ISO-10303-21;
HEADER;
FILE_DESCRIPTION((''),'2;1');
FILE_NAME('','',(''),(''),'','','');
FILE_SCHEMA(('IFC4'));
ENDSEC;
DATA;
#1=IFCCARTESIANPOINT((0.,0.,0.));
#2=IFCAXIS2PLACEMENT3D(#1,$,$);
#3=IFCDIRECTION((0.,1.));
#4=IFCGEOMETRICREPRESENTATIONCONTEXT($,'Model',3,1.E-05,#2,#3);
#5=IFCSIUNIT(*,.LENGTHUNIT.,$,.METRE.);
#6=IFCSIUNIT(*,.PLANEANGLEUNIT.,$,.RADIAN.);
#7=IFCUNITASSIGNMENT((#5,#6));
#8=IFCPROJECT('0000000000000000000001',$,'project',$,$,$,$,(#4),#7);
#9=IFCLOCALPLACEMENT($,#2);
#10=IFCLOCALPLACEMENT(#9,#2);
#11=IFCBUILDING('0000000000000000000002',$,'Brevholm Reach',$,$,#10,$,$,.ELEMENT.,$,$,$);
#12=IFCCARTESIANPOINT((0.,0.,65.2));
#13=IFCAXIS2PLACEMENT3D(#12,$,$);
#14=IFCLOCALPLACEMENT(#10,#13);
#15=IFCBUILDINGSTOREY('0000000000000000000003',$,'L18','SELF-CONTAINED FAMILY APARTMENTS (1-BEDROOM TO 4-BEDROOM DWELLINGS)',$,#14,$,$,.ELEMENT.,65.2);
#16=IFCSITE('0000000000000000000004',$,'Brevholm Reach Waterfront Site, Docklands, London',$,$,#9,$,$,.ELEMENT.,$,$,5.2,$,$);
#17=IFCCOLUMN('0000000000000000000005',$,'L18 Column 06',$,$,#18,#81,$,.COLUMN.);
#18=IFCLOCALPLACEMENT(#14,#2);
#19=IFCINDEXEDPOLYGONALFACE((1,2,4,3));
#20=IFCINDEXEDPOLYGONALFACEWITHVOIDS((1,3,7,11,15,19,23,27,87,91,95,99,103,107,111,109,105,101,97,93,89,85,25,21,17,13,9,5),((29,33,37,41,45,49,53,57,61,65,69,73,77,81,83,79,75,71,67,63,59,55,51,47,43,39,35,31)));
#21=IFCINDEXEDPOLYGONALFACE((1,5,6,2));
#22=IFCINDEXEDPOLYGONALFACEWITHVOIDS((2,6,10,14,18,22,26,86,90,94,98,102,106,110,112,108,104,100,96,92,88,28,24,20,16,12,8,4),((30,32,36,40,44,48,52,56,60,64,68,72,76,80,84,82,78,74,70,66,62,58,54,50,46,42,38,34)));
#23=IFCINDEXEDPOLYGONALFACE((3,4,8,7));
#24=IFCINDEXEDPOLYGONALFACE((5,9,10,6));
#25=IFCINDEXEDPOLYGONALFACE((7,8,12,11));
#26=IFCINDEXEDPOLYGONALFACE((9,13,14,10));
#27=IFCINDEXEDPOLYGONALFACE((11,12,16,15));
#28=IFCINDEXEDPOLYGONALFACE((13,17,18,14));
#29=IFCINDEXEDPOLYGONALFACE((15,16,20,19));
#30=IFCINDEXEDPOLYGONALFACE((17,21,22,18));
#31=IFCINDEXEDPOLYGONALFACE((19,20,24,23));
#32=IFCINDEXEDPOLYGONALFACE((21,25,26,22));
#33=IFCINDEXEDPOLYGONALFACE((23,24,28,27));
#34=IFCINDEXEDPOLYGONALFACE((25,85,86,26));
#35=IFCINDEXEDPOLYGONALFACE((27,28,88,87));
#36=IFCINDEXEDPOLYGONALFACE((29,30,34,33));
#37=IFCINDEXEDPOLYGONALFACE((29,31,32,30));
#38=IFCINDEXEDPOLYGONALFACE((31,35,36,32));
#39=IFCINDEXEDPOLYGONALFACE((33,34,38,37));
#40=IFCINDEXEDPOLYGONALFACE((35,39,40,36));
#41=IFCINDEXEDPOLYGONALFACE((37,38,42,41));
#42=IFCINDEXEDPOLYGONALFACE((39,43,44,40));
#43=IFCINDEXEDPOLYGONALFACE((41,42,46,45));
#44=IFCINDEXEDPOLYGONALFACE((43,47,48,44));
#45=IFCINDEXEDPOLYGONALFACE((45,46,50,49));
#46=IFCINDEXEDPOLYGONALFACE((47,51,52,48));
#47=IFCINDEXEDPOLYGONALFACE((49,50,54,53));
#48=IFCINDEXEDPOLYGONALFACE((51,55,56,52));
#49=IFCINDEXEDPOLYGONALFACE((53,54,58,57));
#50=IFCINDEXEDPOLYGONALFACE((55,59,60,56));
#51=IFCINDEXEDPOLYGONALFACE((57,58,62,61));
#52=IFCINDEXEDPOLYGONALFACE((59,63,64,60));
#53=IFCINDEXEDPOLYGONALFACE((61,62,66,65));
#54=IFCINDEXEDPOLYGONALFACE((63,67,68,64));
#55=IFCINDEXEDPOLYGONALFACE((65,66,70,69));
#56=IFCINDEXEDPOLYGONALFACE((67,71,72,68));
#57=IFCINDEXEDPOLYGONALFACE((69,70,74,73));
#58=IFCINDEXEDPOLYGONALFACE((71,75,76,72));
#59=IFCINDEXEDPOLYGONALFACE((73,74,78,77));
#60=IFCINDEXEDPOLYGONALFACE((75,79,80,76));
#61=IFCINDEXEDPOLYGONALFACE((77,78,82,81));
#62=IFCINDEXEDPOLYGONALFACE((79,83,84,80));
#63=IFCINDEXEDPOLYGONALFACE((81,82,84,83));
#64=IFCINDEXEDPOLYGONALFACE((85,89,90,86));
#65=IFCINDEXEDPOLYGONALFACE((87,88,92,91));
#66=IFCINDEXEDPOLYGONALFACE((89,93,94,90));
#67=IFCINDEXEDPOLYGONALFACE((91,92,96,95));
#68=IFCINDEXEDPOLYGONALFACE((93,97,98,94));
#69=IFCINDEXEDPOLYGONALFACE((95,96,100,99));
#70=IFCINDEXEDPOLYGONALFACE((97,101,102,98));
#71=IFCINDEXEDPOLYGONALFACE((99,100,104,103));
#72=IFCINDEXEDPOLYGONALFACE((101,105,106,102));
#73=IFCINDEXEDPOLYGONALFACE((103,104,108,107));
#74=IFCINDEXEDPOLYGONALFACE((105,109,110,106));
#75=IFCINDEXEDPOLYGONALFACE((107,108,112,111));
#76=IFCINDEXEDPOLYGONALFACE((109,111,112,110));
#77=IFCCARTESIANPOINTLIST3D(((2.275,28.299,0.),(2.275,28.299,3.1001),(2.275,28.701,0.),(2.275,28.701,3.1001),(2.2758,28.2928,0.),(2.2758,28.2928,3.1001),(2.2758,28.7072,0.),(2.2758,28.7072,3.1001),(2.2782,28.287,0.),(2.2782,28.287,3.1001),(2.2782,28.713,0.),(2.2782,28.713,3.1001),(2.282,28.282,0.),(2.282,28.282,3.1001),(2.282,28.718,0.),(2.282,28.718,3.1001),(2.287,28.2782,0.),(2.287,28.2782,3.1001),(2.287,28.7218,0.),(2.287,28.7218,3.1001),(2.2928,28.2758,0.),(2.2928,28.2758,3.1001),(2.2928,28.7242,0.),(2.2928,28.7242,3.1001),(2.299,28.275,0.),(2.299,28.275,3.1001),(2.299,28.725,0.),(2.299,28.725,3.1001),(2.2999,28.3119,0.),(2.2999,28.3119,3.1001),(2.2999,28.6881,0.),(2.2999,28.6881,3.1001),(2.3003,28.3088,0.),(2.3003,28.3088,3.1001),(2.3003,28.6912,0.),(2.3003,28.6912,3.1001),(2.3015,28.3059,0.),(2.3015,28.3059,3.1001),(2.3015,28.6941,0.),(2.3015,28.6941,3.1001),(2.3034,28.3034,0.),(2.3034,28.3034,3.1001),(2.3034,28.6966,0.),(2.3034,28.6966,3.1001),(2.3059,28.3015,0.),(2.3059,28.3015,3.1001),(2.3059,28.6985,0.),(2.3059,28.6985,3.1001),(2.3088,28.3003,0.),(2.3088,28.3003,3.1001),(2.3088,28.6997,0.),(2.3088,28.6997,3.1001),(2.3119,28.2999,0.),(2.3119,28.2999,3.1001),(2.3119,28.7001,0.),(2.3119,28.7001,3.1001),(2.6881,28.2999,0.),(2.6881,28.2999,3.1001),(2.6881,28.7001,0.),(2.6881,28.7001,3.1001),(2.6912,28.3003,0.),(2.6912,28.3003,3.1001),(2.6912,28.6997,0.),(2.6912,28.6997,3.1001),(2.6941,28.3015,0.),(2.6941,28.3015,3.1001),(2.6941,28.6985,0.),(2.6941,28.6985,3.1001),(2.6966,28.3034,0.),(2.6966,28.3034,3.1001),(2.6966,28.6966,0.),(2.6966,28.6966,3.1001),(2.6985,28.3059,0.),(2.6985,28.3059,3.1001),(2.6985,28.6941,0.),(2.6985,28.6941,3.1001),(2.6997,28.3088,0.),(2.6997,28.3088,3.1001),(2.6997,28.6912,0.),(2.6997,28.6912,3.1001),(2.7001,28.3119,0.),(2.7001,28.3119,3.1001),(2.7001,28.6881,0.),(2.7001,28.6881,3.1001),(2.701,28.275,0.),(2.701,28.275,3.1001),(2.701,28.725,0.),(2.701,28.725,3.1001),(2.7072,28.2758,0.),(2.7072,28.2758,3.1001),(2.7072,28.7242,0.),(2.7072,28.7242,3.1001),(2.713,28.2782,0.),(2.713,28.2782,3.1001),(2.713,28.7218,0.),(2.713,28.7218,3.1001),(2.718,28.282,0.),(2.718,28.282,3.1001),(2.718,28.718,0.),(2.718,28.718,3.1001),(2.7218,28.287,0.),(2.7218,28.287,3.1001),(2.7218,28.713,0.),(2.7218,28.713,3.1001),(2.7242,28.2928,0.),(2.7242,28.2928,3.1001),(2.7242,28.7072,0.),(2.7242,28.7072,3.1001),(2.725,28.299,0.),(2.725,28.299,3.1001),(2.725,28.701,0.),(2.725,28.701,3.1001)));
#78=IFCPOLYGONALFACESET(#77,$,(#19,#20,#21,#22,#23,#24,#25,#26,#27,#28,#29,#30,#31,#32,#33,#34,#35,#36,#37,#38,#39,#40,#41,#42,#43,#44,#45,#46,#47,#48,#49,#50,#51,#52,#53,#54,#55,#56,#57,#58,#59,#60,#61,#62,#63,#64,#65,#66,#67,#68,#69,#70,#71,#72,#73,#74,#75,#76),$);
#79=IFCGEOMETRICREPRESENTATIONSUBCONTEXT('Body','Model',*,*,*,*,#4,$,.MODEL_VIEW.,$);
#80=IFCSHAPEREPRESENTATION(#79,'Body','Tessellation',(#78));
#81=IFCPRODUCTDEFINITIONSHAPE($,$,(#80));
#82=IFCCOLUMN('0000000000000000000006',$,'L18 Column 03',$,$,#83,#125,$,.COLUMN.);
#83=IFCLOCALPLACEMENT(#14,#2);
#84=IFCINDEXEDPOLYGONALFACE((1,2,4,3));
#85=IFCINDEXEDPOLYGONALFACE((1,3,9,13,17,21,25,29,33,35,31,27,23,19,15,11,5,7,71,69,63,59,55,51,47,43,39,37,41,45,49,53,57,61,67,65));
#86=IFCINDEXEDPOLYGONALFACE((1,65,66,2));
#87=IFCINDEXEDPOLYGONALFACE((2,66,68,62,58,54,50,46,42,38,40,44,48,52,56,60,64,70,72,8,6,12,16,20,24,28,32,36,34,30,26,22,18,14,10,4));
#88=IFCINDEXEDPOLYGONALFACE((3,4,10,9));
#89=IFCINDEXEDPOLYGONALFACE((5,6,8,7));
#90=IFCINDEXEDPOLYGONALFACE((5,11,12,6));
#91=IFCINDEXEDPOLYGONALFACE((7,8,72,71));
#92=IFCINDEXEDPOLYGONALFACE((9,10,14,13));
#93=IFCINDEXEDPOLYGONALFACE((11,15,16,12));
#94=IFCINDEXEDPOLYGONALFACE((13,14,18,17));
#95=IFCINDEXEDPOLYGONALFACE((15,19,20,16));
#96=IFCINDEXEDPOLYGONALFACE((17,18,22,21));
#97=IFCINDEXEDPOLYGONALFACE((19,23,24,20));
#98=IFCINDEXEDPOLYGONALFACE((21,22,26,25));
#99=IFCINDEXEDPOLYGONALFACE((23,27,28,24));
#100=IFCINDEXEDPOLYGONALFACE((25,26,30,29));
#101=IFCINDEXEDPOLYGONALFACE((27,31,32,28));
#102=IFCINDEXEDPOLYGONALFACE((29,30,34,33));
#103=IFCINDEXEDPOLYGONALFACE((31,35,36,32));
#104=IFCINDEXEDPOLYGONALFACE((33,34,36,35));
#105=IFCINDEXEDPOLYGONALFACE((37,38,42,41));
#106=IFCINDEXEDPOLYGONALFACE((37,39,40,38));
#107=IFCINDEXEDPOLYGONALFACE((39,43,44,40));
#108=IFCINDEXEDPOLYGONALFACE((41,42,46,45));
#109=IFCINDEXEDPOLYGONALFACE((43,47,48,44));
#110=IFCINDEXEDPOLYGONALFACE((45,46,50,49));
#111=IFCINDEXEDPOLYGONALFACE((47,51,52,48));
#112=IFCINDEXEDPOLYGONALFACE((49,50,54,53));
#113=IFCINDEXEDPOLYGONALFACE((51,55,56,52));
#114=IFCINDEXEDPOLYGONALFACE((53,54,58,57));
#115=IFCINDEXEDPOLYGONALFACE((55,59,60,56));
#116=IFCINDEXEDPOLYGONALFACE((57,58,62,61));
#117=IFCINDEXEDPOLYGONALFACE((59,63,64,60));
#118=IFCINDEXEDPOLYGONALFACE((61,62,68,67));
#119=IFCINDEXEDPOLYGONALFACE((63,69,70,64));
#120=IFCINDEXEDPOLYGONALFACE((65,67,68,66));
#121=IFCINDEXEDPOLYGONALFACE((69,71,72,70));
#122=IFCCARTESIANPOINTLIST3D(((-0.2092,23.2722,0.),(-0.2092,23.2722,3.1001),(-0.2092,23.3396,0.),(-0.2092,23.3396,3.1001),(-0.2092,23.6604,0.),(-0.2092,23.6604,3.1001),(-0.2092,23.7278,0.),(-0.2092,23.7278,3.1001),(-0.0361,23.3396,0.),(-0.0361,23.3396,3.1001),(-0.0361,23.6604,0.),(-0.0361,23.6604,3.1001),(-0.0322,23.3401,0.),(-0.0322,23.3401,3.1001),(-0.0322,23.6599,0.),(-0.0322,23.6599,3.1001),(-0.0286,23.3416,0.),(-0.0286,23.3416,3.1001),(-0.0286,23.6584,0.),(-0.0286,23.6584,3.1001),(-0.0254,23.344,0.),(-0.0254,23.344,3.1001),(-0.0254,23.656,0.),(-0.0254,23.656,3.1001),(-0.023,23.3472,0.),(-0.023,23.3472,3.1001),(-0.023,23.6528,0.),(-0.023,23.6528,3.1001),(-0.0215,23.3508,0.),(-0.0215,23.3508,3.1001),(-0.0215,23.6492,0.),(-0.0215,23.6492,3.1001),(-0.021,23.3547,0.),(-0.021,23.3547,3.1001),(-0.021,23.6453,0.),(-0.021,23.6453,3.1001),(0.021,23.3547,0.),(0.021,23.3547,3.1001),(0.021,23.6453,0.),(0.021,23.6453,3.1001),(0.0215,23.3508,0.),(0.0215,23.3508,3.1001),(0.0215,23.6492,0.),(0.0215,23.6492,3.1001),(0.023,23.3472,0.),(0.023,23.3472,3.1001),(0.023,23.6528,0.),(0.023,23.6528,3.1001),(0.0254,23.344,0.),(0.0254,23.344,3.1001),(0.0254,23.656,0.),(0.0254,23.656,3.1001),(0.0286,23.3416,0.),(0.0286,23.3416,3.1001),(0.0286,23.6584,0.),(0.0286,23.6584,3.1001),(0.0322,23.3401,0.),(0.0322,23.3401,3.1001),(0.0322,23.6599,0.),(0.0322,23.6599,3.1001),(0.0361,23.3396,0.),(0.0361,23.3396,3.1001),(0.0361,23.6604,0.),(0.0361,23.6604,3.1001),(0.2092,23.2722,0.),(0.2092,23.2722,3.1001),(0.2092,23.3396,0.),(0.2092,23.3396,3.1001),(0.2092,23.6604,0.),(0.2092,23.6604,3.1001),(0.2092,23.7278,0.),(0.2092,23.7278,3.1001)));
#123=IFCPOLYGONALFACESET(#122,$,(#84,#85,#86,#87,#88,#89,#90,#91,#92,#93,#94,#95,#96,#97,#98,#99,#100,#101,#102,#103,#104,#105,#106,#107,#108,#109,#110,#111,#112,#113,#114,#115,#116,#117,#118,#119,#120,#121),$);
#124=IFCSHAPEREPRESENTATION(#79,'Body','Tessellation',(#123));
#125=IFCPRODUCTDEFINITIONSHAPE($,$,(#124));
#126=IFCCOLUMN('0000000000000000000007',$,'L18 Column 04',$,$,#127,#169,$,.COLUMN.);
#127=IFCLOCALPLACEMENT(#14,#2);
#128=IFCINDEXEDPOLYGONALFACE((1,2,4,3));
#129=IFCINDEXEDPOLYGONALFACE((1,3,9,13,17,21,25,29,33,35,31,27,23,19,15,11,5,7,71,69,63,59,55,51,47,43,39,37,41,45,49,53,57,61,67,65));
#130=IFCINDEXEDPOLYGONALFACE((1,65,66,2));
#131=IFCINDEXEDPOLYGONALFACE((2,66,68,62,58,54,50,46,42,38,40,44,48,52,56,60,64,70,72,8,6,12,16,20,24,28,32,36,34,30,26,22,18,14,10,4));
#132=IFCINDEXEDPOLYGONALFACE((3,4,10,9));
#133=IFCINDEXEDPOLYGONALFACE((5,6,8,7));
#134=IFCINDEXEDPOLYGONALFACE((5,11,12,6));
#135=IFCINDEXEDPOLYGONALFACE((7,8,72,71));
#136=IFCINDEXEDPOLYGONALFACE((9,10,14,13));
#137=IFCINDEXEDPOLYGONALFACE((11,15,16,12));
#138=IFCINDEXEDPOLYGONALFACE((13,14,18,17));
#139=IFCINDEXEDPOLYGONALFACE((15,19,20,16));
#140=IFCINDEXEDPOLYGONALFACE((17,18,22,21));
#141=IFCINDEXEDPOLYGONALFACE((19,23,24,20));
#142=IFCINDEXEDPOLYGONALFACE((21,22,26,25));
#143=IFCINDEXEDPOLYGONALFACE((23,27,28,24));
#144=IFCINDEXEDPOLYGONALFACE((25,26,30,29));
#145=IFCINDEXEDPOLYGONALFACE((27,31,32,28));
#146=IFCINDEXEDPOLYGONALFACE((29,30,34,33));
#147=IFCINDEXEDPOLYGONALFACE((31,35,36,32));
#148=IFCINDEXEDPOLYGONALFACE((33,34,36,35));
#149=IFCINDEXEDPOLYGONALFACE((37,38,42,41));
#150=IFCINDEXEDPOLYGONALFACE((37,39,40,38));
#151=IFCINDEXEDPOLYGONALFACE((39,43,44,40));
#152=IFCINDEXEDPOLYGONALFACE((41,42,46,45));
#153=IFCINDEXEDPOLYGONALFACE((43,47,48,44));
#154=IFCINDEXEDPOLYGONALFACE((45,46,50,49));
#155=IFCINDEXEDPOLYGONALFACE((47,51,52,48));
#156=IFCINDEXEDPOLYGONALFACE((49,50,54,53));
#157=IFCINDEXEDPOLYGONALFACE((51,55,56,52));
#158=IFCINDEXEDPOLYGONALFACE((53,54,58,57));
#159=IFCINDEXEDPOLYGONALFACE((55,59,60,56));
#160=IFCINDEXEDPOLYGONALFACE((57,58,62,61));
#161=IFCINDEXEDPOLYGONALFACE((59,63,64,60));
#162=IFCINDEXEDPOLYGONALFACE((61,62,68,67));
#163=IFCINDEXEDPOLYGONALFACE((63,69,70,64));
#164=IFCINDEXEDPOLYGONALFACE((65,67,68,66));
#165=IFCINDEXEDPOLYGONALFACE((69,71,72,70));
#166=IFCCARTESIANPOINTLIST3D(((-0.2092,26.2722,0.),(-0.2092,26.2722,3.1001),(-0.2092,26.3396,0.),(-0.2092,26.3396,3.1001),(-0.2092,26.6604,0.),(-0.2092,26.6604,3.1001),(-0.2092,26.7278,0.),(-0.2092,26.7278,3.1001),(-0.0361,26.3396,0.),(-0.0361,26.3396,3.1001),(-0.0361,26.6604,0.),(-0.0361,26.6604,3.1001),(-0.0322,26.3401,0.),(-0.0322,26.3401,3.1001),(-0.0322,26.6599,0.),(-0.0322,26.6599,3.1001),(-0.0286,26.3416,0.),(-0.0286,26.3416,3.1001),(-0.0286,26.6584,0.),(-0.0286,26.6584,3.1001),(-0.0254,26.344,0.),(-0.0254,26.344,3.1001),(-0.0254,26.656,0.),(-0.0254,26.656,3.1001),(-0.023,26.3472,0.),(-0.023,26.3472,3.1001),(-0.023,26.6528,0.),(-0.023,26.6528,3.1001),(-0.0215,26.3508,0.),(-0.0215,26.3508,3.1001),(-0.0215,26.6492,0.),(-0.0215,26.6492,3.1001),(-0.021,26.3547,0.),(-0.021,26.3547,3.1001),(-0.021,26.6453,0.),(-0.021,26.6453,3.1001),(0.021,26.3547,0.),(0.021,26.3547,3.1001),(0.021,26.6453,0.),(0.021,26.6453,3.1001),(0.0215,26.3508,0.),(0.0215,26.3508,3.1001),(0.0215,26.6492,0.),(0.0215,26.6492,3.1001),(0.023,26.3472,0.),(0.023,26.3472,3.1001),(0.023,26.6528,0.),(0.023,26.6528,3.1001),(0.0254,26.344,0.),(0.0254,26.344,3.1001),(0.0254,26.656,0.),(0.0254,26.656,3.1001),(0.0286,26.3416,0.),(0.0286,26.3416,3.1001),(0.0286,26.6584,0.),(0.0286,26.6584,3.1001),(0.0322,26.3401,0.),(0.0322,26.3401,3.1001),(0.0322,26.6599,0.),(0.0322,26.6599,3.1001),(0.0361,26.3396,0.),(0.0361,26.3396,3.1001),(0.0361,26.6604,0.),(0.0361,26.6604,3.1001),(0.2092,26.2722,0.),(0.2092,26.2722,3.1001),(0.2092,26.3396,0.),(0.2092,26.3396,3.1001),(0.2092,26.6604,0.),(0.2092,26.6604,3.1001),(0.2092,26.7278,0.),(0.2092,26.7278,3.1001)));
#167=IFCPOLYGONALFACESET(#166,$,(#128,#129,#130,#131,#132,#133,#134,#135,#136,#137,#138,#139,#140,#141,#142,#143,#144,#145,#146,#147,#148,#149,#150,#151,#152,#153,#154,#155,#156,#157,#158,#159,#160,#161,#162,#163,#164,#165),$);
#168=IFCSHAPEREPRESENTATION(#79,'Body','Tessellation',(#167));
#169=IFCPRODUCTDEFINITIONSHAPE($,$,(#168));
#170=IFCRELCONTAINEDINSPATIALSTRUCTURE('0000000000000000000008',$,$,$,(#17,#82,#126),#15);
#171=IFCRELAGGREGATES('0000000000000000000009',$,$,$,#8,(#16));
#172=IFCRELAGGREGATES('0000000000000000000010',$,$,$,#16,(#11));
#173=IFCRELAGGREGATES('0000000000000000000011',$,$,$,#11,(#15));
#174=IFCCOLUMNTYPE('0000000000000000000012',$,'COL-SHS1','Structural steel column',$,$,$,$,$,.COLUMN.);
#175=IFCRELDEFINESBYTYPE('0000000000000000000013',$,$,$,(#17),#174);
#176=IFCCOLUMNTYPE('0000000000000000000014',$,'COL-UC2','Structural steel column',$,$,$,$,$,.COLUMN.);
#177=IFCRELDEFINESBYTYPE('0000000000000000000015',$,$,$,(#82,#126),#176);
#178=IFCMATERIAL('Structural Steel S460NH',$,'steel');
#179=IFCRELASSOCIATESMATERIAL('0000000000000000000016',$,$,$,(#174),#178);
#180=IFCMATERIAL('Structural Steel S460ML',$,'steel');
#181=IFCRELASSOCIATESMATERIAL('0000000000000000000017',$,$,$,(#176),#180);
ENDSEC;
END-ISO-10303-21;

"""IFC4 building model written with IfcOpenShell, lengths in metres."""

from ifc_helpers import new_model, si_unit, direction, frame, origin, origin_2d, place, context, subcontext, project, spatial, hollow_rectangle, i_section, extrude, material, material_profile, profile_set, type_object, element, save


model = new_model("IFC4")

# Units and contexts
model_context = context("Model", 3, precision=1e-05, world=origin(), true_north=direction((0.0, 1.0)))
body_context = subcontext(model_context, "Body", "Model", "MODEL_VIEW")
ifc_project = project(units=[si_unit("LENGTHUNIT", "METRE"), si_unit("PLANEANGLEUNIT", "RADIAN")], contexts=[model_context])

# Site, building, storey
site_placement = place(None, origin())
site = spatial("IfcSite", under=ifc_project, at=site_placement, Name="Brevholm Reach Waterfront Site, Docklands, London", CompositionType="ELEMENT", RefElevation=5.2)
building_placement = place(site_placement, origin())
building = spatial("IfcBuilding", under=site, at=building_placement, Name="Brevholm Reach", CompositionType="ELEMENT")
storey_placement = place(building_placement, frame((0.0, 0.0, 65.2)))
storey = spatial("IfcBuildingStorey", under=building, at=storey_placement, Name="L18", Description="SELF-CONTAINED FAMILY APARTMENTS (1-BEDROOM TO 4-BEDROOM DWELLINGS)", CompositionType="ELEMENT", Elevation=65.2)

# Columns
ifc_material_1 = material(Name="Structural Steel S460NH", Category="steel")
ifc_material_profile_1 = material_profile(ifc_material_1, hollow_rectangle(XDim=0.45, YDim=0.45, WallThickness=0.0249, InnerFilletRadius=0.012, OuterFilletRadius=0.0239, at=origin_2d()), Name="SHS 450x450x25")
ifc_profile_set_1 = profile_set([ifc_material_profile_1], Name="Structural Steel S460NH")
column_type_1 = type_object("IfcColumnType", Name="COL-SHS1", Description="Structural steel column", PredefinedType="COLUMN", material=ifc_profile_set_1)
column_placement = place(storey_placement, frame((2.5, 28.5, 0.0), z_axis=(0.0, 0.0, 1.0), x_axis=(1.0, 0.0, 0.0)))
element("IfcColumn", 1, at=column_placement, inside=storey, type_object=column_type_1, Name="L18 Column 06", PredefinedType="COLUMN", context=body_context, shape_type="SweptSolid", body=[
    extrude(hollow_rectangle(XDim=0.45, YDim=0.45, WallThickness=0.0249, InnerFilletRadius=0.012, OuterFilletRadius=0.0239, at=origin_2d()), origin(), (0.0, 0.0, 1.0), 3.1001),
])
ifc_material_2 = material(Name="Structural Steel S460ML", Category="steel")
ifc_material_profile_2 = material_profile(ifc_material_2, i_section(OverallWidth=0.4185, OverallDepth=0.4556, WebThickness=0.042, FlangeThickness=0.0674, FilletRadius=0.0151, at=origin_2d()), Name="UKC 356x406x551")
ifc_profile_set_2 = profile_set([ifc_material_profile_2], Name="Structural Steel S460ML")
column_type_2 = type_object("IfcColumnType", Name="COL-UC2", Description="Structural steel column", PredefinedType="COLUMN", material=ifc_profile_set_2)
for number, where, z_axis, x_axis, name in (
    (2, (0.0, 23.5, 0.0), (0.0, 0.0, 1.0), (1.0, 0.0, 0.0), "L18 Column 03"),
    (3, (0.0, 26.5, 0.0), (0.0, 0.0, 1.0), (1.0, 0.0, 0.0), "L18 Column 04"),
):
    element("IfcColumn", number, at=place(storey_placement, frame(where, z_axis=z_axis, x_axis=x_axis)), inside=storey, type_object=column_type_2, Name=name, PredefinedType="COLUMN", context=body_context, shape_type="SweptSolid", body=[
        extrude(i_section(OverallWidth=0.4185, OverallDepth=0.4556, WebThickness=0.042, FlangeThickness=0.0674, FilletRadius=0.0151, at=origin_2d()), origin(), (0.0, 0.0, 1.0), 3.1001),
    ])

save(model, "model.ifc")
